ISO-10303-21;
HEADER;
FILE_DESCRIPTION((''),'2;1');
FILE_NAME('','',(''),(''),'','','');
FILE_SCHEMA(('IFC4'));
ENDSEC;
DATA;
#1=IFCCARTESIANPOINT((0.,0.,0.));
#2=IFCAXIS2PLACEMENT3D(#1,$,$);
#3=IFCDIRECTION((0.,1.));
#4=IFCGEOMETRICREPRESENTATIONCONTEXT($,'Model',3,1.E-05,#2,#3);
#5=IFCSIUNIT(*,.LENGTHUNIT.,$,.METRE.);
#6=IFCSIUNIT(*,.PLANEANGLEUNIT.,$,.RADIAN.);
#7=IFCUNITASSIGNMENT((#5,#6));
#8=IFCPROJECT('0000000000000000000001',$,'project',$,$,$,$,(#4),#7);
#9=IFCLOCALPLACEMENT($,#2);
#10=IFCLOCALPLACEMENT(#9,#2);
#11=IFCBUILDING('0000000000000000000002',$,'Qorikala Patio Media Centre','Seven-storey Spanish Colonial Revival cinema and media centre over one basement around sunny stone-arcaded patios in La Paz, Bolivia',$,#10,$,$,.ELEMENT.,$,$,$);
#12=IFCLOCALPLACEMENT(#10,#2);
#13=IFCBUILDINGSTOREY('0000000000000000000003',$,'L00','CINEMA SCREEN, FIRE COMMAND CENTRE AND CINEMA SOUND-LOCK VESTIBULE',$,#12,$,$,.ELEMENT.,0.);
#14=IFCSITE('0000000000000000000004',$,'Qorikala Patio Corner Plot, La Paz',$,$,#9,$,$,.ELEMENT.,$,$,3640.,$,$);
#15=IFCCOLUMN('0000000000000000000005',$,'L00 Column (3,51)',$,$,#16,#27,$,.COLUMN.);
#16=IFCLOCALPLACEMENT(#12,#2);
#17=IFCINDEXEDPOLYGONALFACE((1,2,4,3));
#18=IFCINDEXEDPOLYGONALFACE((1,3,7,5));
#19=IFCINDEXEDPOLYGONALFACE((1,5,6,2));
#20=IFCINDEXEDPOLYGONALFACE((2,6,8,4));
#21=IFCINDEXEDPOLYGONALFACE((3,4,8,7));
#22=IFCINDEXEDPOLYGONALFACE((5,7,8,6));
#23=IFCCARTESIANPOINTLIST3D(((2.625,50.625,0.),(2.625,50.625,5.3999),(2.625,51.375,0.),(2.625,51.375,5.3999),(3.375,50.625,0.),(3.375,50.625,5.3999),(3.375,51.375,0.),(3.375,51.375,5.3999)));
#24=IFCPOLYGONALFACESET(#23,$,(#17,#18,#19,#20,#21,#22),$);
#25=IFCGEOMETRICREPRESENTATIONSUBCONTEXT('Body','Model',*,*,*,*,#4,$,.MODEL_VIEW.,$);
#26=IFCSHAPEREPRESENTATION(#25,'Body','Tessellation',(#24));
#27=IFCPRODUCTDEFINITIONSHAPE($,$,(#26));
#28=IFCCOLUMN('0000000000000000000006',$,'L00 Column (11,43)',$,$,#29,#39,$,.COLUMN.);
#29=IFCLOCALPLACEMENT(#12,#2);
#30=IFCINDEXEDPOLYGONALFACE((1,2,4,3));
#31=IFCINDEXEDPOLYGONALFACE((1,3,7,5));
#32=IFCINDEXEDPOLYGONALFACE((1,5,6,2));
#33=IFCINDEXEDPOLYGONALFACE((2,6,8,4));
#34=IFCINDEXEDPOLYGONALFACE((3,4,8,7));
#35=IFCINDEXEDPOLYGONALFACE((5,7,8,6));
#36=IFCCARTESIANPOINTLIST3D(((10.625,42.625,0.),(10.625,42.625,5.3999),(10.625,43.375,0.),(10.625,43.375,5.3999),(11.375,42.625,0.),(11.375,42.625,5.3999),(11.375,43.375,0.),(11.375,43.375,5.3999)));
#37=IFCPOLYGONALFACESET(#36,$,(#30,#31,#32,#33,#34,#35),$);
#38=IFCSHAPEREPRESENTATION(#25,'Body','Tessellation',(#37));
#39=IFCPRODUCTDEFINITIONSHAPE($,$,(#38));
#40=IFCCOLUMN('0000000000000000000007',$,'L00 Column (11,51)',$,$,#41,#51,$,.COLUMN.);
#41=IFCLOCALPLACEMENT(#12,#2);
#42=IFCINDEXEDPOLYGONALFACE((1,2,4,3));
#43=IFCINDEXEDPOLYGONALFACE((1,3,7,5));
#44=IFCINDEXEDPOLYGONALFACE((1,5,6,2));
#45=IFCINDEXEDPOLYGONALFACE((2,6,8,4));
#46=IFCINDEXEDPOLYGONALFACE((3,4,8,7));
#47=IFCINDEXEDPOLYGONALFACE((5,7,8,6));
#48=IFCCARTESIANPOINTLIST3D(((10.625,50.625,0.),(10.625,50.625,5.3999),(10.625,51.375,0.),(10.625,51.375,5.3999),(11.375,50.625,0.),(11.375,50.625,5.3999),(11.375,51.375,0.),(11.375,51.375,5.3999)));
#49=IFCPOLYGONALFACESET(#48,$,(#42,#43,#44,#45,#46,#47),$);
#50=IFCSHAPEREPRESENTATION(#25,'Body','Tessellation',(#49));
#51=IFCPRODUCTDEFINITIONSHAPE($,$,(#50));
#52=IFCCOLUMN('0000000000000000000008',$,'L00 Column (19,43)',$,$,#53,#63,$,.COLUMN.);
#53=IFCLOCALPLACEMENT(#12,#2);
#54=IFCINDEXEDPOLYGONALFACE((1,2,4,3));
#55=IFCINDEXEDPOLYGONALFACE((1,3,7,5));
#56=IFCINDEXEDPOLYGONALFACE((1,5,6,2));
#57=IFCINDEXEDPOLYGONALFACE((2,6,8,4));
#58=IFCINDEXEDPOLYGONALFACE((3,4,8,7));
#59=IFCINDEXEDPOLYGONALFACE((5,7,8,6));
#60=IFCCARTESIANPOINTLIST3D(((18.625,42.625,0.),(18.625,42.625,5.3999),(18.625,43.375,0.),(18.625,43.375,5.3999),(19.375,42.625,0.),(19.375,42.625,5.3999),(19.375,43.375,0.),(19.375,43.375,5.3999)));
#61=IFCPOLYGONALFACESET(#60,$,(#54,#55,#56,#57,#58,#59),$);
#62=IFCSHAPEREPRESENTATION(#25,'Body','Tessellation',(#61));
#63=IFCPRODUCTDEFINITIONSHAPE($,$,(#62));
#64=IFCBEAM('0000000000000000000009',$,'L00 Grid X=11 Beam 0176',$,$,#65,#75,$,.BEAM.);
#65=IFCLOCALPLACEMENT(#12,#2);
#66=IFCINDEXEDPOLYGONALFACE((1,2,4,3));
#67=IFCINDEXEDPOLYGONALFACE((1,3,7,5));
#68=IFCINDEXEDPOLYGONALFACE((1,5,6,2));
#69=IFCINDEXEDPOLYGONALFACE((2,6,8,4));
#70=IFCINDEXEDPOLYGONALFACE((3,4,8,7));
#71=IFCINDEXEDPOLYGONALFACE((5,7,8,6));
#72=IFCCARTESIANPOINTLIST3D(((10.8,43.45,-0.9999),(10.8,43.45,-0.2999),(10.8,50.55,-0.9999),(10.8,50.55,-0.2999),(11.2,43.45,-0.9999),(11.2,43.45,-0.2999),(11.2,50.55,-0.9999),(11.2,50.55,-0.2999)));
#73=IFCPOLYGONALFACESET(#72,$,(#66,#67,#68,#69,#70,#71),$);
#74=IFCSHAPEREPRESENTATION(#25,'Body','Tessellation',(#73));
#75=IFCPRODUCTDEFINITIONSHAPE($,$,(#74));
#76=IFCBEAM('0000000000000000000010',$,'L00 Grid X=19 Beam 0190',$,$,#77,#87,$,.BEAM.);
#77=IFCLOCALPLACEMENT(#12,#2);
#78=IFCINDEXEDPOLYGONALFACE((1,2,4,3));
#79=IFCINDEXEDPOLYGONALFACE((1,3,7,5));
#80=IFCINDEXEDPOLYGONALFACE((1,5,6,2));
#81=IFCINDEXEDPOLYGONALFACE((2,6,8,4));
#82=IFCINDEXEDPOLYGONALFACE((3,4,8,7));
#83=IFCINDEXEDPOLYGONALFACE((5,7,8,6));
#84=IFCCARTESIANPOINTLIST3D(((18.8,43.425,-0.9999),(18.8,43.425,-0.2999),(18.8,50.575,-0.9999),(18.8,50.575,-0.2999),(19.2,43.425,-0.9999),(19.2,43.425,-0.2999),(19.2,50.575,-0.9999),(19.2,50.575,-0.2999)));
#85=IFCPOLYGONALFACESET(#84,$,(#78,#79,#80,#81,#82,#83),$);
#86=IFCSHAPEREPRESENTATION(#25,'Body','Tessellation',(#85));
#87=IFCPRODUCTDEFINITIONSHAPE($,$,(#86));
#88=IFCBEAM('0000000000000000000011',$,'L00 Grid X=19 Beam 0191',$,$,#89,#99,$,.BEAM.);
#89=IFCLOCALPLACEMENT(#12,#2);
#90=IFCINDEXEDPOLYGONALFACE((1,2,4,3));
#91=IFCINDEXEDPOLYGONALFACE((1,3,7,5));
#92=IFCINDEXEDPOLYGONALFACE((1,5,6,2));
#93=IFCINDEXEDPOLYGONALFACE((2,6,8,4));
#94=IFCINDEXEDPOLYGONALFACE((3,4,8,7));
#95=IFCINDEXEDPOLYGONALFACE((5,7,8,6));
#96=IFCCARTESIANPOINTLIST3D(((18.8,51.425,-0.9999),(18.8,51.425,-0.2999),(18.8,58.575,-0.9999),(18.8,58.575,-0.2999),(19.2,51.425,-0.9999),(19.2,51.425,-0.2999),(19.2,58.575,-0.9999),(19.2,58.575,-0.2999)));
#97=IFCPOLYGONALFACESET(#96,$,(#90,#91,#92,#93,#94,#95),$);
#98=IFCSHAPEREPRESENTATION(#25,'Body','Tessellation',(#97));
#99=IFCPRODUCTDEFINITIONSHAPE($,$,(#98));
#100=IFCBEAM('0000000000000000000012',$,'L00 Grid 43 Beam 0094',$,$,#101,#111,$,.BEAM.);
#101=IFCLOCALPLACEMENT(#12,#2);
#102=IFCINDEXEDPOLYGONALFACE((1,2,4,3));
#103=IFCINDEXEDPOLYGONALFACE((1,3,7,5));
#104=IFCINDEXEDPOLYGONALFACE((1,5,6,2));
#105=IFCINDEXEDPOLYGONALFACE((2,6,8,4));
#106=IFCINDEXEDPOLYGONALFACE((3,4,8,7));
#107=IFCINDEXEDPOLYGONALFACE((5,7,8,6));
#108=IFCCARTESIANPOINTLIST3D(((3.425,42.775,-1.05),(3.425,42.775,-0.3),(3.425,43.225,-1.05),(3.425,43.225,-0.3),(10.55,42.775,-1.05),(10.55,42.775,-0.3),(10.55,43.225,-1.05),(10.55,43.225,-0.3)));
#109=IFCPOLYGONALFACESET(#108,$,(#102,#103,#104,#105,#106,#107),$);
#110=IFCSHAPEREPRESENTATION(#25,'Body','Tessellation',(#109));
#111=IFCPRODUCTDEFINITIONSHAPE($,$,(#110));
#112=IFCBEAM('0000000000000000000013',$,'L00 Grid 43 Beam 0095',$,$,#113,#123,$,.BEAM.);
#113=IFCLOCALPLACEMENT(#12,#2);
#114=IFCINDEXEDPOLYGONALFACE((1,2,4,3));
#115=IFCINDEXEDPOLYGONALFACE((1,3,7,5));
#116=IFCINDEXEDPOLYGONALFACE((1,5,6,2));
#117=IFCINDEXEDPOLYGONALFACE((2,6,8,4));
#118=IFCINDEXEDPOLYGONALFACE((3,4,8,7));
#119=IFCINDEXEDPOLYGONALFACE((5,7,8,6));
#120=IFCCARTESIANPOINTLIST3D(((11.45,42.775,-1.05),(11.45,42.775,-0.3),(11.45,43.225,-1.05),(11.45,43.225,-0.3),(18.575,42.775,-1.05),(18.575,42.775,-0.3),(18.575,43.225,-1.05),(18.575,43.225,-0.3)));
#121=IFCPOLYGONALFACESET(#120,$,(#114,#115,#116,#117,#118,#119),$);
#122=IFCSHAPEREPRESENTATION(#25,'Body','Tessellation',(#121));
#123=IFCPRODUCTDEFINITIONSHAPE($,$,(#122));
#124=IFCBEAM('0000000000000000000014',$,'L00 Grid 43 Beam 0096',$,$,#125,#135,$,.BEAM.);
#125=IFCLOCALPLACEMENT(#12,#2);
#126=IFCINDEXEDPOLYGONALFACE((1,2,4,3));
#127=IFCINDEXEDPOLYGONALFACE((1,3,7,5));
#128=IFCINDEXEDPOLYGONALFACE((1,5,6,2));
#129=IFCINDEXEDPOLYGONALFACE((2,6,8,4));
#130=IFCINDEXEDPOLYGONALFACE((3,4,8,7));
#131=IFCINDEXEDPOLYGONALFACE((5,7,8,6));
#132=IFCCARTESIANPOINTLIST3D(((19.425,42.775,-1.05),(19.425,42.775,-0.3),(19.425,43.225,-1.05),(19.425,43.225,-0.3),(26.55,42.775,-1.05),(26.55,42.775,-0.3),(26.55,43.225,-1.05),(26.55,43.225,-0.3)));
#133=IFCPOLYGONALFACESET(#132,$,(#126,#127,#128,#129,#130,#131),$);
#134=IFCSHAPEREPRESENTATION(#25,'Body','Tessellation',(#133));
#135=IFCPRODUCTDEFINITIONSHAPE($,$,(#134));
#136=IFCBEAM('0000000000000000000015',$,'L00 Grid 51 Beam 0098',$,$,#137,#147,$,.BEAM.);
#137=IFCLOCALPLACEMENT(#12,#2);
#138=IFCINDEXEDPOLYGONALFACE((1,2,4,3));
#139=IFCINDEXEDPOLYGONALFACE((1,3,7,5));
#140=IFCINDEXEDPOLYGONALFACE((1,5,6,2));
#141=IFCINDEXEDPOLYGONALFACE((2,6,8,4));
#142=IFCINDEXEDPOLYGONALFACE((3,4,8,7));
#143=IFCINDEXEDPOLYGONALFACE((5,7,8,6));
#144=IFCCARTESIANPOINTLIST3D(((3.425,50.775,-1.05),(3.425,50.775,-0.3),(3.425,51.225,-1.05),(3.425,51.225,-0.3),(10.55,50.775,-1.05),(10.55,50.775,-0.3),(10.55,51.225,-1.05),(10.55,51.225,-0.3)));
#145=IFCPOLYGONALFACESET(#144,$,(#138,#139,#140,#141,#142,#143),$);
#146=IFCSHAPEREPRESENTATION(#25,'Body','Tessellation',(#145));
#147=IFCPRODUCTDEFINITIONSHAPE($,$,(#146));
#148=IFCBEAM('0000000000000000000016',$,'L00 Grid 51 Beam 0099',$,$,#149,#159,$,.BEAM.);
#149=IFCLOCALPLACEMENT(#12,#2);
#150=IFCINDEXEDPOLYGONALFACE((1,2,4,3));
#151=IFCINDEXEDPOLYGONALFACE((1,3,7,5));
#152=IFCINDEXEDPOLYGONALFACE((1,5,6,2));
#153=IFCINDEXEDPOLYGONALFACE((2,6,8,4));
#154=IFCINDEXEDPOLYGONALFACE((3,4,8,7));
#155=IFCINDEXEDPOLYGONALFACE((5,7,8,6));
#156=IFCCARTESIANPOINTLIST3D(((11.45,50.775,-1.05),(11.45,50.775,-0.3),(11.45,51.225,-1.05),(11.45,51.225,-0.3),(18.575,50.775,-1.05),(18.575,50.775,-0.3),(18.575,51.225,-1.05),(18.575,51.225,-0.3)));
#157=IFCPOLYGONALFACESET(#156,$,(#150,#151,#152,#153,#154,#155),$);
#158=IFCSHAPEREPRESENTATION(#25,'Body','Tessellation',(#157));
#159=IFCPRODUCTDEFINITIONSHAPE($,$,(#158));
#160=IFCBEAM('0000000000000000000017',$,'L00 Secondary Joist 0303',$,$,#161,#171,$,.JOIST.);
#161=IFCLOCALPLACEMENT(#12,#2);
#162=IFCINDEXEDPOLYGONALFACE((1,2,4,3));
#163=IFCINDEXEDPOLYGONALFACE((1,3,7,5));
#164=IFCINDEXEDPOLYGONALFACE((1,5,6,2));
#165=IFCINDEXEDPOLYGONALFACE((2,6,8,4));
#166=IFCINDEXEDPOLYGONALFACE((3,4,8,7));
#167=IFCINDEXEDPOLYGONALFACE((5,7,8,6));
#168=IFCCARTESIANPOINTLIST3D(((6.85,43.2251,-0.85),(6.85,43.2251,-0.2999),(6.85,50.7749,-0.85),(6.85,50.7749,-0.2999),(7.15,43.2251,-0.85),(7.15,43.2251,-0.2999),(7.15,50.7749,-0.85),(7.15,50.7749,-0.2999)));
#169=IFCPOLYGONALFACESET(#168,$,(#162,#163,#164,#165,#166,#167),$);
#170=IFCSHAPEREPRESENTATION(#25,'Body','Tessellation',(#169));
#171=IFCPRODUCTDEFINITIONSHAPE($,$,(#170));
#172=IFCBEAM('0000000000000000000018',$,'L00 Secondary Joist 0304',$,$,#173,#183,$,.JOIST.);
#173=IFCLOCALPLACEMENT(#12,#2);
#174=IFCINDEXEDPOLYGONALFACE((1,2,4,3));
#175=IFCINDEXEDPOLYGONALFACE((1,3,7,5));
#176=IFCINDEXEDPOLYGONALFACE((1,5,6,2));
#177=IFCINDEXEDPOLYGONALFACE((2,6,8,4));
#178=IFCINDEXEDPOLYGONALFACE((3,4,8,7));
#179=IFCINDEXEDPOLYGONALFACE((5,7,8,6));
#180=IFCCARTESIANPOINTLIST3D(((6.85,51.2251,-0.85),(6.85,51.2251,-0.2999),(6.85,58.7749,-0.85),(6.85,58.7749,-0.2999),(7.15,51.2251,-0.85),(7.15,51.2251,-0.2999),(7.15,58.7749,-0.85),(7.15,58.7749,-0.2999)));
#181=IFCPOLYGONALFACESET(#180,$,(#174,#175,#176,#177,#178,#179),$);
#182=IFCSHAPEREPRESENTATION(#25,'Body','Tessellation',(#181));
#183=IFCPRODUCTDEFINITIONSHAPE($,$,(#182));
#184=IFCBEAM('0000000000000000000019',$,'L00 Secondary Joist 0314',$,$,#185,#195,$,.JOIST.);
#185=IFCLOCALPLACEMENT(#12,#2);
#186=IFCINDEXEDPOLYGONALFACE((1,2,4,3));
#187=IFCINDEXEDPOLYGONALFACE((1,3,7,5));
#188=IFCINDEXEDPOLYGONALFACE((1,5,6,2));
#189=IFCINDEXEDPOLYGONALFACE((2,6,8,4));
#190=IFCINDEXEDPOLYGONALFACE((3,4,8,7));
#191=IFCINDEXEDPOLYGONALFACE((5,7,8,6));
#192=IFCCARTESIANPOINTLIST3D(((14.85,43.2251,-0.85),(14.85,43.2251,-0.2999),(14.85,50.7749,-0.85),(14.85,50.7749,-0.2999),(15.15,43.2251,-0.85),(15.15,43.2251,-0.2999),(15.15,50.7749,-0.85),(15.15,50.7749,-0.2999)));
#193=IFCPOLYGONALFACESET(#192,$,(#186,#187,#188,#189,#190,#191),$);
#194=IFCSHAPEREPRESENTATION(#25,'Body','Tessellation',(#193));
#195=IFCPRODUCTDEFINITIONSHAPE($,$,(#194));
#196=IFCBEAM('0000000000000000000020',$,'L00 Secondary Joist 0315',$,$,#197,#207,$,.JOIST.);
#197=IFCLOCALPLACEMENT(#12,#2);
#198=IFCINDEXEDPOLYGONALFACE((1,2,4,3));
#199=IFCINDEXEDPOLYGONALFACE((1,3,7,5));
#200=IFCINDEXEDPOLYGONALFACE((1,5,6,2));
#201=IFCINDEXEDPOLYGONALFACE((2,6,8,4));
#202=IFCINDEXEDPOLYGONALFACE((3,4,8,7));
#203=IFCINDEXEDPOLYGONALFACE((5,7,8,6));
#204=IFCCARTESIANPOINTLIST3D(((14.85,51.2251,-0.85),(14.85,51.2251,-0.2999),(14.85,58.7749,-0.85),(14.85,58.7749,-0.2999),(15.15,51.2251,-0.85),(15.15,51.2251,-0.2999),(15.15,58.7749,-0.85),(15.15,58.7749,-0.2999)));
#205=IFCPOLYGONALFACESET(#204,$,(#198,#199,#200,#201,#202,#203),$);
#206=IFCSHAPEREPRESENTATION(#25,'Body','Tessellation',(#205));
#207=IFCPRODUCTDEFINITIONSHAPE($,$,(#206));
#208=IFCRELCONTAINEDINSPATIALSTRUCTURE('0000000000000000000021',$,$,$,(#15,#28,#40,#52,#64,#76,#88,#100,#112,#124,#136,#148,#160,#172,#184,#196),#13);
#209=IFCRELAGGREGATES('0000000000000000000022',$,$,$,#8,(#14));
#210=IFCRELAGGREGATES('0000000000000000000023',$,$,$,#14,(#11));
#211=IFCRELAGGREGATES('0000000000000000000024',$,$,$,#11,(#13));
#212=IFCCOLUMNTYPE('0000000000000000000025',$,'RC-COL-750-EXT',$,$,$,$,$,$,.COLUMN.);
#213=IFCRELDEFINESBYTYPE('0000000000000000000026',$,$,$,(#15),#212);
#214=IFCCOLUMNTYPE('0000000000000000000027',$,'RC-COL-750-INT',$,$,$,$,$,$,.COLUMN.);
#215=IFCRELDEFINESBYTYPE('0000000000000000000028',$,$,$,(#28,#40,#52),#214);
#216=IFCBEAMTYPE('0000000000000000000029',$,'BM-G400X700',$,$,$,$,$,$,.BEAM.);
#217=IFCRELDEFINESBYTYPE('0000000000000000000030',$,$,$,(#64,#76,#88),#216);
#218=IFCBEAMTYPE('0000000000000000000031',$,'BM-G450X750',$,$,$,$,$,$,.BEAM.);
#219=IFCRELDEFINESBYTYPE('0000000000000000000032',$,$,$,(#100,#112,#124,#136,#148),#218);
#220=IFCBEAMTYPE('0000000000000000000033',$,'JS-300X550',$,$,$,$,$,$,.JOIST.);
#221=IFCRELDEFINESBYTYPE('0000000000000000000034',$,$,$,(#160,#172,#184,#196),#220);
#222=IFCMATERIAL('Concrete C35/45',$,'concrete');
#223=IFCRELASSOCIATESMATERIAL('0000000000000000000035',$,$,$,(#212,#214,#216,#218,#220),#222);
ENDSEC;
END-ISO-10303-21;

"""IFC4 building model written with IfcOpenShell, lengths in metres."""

from ifc_helpers import new_model, si_unit, direction, frame, origin, origin_2d, place, context, subcontext, project, spatial, rectangle, extrude, material, material_profile, profile_set, type_object, element, save


model = new_model("IFC4")

# Units and contexts
model_context = context("Model", 3, precision=1e-05, world=origin(), true_north=direction((0.0, 1.0)))
body_context = subcontext(model_context, "Body", "Model", "MODEL_VIEW")
ifc_project = project(units=[si_unit("LENGTHUNIT", "METRE"), si_unit("PLANEANGLEUNIT", "RADIAN")], contexts=[model_context])

# Site, building, storey
site_placement = place(None, origin())
site = spatial("IfcSite", under=ifc_project, at=site_placement, Name="Qorikala Patio Corner Plot, La Paz", CompositionType="ELEMENT", RefElevation=3640.0)
building_placement = place(site_placement, origin())
building = spatial("IfcBuilding", under=site, at=building_placement, Name="Qorikala Patio Media Centre", Description="Seven-storey Spanish Colonial Revival cinema and media centre over one basement around sunny stone-arcaded patios in La Paz, Bolivia", CompositionType="ELEMENT")
storey_placement = place(building_placement, origin())
storey = spatial("IfcBuildingStorey", under=building, at=storey_placement, Name="L00", Description="CINEMA SCREEN, FIRE COMMAND CENTRE AND CINEMA SOUND-LOCK VESTIBULE", CompositionType="ELEMENT", Elevation=0.0)

# Columns
ifc_material_1 = material(Name="Concrete C35/45", Category="concrete")
ifc_material_profile_1 = material_profile(ifc_material_1, rectangle(XDim=0.75, YDim=0.75, at=origin_2d()), Name="RC 750x750")
ifc_profile_set_1 = profile_set([ifc_material_profile_1], Name="Concrete C35/45")
column_type_1 = type_object("IfcColumnType", Name="RC-COL-750-EXT", PredefinedType="COLUMN", material=ifc_profile_set_1)
column_placement = place(storey_placement, frame((3.0, 51.0, 0.0), z_axis=(0.0, 0.0, 1.0), x_axis=(1.0, 0.0, 0.0)))
element("IfcColumn", 1, at=column_placement, inside=storey, type_object=column_type_1, Name="L00 Column (3,51)", PredefinedType="COLUMN", context=body_context, shape_type="SweptSolid", body=[
    extrude(rectangle(XDim=0.75, YDim=0.75, at=origin_2d()), origin(), (0.0, 0.0, 1.0), 5.3999),
])
ifc_material_profile_2 = material_profile(ifc_material_1, rectangle(XDim=0.75, YDim=0.75, at=origin_2d()), Name="RC 750x750")
ifc_profile_set_2 = profile_set([ifc_material_profile_2], Name="Concrete C35/45")
column_type_2 = type_object("IfcColumnType", Name="RC-COL-750-INT", PredefinedType="COLUMN", material=ifc_profile_set_2)
for number, where, z_axis, x_axis, name in (
    (2, (11.0, 43.0, 0.0), (0.0, 0.0, 1.0), (1.0, 0.0, 0.0), "L00 Column (11,43)"),
    (3, (11.0, 51.0, 0.0), (0.0, 0.0, 1.0), (1.0, 0.0, 0.0), "L00 Column (11,51)"),
    (4, (19.0, 43.0, 0.0), (0.0, 0.0, 1.0), (1.0, 0.0, 0.0), "L00 Column (19,43)"),
):
    element("IfcColumn", number, at=place(storey_placement, frame(where, z_axis=z_axis, x_axis=x_axis)), inside=storey, type_object=column_type_2, Name=name, PredefinedType="COLUMN", context=body_context, shape_type="SweptSolid", body=[
        extrude(rectangle(XDim=0.75, YDim=0.75, at=origin_2d()), origin(), (0.0, 0.0, 1.0), 5.3999),
    ])

# Beams
ifc_material_profile_3 = material_profile(ifc_material_1, rectangle(XDim=0.3999, YDim=0.7, at=origin_2d()), Name="RC 400x700")
ifc_profile_set_3 = profile_set([ifc_material_profile_3], Name="Concrete C35/45")
beam_type_1 = type_object("IfcBeamType", Name="BM-G400X700", PredefinedType="BEAM", material=ifc_profile_set_3)
beam_placement = place(storey_placement, frame((11.0, 43.45, -0.6499), z_axis=(0.0, 1.0, 0.0), x_axis=(-1.0, 0.0, 0.0)))
element("IfcBeam", 5, at=beam_placement, inside=storey, type_object=beam_type_1, Name="L00 Grid X=11 Beam 0176", PredefinedType="BEAM", context=body_context, shape_type="SweptSolid", body=[
    extrude(rectangle(XDim=0.3999, YDim=0.7, at=origin_2d()), origin(), (0.0, 0.0, 1.0), 7.1001),
])
for number, where, z_axis, x_axis, name in (
    (6, (19.0, 43.425, -0.6499), (0.0, 1.0, 0.0), (-1.0, 0.0, 0.0), "L00 Grid X=19 Beam 0190"),
    (7, (19.0, 51.425, -0.6499), (0.0, 1.0, 0.0), (-1.0, 0.0, 0.0), "L00 Grid X=19 Beam 0191"),
):
    element("IfcBeam", number, at=place(storey_placement, frame(where, z_axis=z_axis, x_axis=x_axis)), inside=storey, type_object=beam_type_1, Name=name, PredefinedType="BEAM", context=body_context, shape_type="SweptSolid", body=[
        extrude(rectangle(XDim=0.3999, YDim=0.7, at=origin_2d()), origin(), (0.0, 0.0, 1.0), 7.1499),
    ])
ifc_material_profile_4 = material_profile(ifc_material_1, rectangle(XDim=0.45, YDim=0.75, at=origin_2d()), Name="RC 450x750")
ifc_profile_set_4 = profile_set([ifc_material_profile_4], Name="Concrete C35/45")
beam_type_2 = type_object("IfcBeamType", Name="BM-G450X750", PredefinedType="BEAM", material=ifc_profile_set_4)
for number, where, z_axis, x_axis, name in (
    (8, (3.425, 43.0, -0.675), (1.0, 0.0, 0.0), (0.0, 1.0, 0.0), "L00 Grid 43 Beam 0094"),
    (9, (11.45, 43.0, -0.675), (1.0, 0.0, 0.0), (0.0, 1.0, 0.0), "L00 Grid 43 Beam 0095"),
    (10, (19.425, 43.0, -0.675), (1.0, 0.0, 0.0), (0.0, 1.0, 0.0), "L00 Grid 43 Beam 0096"),
    (11, (3.425, 51.0, -0.675), (1.0, 0.0, 0.0), (0.0, 1.0, 0.0), "L00 Grid 51 Beam 0098"),
    (12, (11.45, 51.0, -0.675), (1.0, 0.0, 0.0), (0.0, 1.0, 0.0), "L00 Grid 51 Beam 0099"),
):
    element("IfcBeam", number, at=place(storey_placement, frame(where, z_axis=z_axis, x_axis=x_axis)), inside=storey, type_object=beam_type_2, Name=name, PredefinedType="BEAM", context=body_context, shape_type="SweptSolid", body=[
        extrude(rectangle(XDim=0.45, YDim=0.75, at=origin_2d()), origin(), (0.0, 0.0, 1.0), 7.125),
    ])
ifc_material_profile_5 = material_profile(ifc_material_1, rectangle(XDim=0.3, YDim=0.55, at=origin_2d()), Name="RC 300x550")
ifc_profile_set_5 = profile_set([ifc_material_profile_5], Name="Concrete C35/45")
beam_type_3 = type_object("IfcBeamType", Name="JS-300X550", PredefinedType="JOIST", material=ifc_profile_set_5)
for number, where, z_axis, x_axis, name in (
    (13, (7.0, 43.2251, -0.575), (0.0, 1.0, 0.0), (-1.0, 0.0, 0.0), "L00 Secondary Joist 0303"),
    (14, (7.0, 51.2251, -0.575), (0.0, 1.0, 0.0), (-1.0, 0.0, 0.0), "L00 Secondary Joist 0304"),
    (15, (15.0, 43.2251, -0.575), (0.0, 1.0, 0.0), (-1.0, 0.0, 0.0), "L00 Secondary Joist 0314"),
    (16, (15.0, 51.2251, -0.575), (0.0, 1.0, 0.0), (-1.0, 0.0, 0.0), "L00 Secondary Joist 0315"),
):
    element("IfcBeam", number, at=place(storey_placement, frame(where, z_axis=z_axis, x_axis=x_axis)), inside=storey, type_object=beam_type_3, Name=name, PredefinedType="JOIST", context=body_context, shape_type="SweptSolid", body=[
        extrude(rectangle(XDim=0.3, YDim=0.55, at=origin_2d()), origin(), (0.0, 0.0, 1.0), 7.5498),
    ])

save(model, "model.ifc")
